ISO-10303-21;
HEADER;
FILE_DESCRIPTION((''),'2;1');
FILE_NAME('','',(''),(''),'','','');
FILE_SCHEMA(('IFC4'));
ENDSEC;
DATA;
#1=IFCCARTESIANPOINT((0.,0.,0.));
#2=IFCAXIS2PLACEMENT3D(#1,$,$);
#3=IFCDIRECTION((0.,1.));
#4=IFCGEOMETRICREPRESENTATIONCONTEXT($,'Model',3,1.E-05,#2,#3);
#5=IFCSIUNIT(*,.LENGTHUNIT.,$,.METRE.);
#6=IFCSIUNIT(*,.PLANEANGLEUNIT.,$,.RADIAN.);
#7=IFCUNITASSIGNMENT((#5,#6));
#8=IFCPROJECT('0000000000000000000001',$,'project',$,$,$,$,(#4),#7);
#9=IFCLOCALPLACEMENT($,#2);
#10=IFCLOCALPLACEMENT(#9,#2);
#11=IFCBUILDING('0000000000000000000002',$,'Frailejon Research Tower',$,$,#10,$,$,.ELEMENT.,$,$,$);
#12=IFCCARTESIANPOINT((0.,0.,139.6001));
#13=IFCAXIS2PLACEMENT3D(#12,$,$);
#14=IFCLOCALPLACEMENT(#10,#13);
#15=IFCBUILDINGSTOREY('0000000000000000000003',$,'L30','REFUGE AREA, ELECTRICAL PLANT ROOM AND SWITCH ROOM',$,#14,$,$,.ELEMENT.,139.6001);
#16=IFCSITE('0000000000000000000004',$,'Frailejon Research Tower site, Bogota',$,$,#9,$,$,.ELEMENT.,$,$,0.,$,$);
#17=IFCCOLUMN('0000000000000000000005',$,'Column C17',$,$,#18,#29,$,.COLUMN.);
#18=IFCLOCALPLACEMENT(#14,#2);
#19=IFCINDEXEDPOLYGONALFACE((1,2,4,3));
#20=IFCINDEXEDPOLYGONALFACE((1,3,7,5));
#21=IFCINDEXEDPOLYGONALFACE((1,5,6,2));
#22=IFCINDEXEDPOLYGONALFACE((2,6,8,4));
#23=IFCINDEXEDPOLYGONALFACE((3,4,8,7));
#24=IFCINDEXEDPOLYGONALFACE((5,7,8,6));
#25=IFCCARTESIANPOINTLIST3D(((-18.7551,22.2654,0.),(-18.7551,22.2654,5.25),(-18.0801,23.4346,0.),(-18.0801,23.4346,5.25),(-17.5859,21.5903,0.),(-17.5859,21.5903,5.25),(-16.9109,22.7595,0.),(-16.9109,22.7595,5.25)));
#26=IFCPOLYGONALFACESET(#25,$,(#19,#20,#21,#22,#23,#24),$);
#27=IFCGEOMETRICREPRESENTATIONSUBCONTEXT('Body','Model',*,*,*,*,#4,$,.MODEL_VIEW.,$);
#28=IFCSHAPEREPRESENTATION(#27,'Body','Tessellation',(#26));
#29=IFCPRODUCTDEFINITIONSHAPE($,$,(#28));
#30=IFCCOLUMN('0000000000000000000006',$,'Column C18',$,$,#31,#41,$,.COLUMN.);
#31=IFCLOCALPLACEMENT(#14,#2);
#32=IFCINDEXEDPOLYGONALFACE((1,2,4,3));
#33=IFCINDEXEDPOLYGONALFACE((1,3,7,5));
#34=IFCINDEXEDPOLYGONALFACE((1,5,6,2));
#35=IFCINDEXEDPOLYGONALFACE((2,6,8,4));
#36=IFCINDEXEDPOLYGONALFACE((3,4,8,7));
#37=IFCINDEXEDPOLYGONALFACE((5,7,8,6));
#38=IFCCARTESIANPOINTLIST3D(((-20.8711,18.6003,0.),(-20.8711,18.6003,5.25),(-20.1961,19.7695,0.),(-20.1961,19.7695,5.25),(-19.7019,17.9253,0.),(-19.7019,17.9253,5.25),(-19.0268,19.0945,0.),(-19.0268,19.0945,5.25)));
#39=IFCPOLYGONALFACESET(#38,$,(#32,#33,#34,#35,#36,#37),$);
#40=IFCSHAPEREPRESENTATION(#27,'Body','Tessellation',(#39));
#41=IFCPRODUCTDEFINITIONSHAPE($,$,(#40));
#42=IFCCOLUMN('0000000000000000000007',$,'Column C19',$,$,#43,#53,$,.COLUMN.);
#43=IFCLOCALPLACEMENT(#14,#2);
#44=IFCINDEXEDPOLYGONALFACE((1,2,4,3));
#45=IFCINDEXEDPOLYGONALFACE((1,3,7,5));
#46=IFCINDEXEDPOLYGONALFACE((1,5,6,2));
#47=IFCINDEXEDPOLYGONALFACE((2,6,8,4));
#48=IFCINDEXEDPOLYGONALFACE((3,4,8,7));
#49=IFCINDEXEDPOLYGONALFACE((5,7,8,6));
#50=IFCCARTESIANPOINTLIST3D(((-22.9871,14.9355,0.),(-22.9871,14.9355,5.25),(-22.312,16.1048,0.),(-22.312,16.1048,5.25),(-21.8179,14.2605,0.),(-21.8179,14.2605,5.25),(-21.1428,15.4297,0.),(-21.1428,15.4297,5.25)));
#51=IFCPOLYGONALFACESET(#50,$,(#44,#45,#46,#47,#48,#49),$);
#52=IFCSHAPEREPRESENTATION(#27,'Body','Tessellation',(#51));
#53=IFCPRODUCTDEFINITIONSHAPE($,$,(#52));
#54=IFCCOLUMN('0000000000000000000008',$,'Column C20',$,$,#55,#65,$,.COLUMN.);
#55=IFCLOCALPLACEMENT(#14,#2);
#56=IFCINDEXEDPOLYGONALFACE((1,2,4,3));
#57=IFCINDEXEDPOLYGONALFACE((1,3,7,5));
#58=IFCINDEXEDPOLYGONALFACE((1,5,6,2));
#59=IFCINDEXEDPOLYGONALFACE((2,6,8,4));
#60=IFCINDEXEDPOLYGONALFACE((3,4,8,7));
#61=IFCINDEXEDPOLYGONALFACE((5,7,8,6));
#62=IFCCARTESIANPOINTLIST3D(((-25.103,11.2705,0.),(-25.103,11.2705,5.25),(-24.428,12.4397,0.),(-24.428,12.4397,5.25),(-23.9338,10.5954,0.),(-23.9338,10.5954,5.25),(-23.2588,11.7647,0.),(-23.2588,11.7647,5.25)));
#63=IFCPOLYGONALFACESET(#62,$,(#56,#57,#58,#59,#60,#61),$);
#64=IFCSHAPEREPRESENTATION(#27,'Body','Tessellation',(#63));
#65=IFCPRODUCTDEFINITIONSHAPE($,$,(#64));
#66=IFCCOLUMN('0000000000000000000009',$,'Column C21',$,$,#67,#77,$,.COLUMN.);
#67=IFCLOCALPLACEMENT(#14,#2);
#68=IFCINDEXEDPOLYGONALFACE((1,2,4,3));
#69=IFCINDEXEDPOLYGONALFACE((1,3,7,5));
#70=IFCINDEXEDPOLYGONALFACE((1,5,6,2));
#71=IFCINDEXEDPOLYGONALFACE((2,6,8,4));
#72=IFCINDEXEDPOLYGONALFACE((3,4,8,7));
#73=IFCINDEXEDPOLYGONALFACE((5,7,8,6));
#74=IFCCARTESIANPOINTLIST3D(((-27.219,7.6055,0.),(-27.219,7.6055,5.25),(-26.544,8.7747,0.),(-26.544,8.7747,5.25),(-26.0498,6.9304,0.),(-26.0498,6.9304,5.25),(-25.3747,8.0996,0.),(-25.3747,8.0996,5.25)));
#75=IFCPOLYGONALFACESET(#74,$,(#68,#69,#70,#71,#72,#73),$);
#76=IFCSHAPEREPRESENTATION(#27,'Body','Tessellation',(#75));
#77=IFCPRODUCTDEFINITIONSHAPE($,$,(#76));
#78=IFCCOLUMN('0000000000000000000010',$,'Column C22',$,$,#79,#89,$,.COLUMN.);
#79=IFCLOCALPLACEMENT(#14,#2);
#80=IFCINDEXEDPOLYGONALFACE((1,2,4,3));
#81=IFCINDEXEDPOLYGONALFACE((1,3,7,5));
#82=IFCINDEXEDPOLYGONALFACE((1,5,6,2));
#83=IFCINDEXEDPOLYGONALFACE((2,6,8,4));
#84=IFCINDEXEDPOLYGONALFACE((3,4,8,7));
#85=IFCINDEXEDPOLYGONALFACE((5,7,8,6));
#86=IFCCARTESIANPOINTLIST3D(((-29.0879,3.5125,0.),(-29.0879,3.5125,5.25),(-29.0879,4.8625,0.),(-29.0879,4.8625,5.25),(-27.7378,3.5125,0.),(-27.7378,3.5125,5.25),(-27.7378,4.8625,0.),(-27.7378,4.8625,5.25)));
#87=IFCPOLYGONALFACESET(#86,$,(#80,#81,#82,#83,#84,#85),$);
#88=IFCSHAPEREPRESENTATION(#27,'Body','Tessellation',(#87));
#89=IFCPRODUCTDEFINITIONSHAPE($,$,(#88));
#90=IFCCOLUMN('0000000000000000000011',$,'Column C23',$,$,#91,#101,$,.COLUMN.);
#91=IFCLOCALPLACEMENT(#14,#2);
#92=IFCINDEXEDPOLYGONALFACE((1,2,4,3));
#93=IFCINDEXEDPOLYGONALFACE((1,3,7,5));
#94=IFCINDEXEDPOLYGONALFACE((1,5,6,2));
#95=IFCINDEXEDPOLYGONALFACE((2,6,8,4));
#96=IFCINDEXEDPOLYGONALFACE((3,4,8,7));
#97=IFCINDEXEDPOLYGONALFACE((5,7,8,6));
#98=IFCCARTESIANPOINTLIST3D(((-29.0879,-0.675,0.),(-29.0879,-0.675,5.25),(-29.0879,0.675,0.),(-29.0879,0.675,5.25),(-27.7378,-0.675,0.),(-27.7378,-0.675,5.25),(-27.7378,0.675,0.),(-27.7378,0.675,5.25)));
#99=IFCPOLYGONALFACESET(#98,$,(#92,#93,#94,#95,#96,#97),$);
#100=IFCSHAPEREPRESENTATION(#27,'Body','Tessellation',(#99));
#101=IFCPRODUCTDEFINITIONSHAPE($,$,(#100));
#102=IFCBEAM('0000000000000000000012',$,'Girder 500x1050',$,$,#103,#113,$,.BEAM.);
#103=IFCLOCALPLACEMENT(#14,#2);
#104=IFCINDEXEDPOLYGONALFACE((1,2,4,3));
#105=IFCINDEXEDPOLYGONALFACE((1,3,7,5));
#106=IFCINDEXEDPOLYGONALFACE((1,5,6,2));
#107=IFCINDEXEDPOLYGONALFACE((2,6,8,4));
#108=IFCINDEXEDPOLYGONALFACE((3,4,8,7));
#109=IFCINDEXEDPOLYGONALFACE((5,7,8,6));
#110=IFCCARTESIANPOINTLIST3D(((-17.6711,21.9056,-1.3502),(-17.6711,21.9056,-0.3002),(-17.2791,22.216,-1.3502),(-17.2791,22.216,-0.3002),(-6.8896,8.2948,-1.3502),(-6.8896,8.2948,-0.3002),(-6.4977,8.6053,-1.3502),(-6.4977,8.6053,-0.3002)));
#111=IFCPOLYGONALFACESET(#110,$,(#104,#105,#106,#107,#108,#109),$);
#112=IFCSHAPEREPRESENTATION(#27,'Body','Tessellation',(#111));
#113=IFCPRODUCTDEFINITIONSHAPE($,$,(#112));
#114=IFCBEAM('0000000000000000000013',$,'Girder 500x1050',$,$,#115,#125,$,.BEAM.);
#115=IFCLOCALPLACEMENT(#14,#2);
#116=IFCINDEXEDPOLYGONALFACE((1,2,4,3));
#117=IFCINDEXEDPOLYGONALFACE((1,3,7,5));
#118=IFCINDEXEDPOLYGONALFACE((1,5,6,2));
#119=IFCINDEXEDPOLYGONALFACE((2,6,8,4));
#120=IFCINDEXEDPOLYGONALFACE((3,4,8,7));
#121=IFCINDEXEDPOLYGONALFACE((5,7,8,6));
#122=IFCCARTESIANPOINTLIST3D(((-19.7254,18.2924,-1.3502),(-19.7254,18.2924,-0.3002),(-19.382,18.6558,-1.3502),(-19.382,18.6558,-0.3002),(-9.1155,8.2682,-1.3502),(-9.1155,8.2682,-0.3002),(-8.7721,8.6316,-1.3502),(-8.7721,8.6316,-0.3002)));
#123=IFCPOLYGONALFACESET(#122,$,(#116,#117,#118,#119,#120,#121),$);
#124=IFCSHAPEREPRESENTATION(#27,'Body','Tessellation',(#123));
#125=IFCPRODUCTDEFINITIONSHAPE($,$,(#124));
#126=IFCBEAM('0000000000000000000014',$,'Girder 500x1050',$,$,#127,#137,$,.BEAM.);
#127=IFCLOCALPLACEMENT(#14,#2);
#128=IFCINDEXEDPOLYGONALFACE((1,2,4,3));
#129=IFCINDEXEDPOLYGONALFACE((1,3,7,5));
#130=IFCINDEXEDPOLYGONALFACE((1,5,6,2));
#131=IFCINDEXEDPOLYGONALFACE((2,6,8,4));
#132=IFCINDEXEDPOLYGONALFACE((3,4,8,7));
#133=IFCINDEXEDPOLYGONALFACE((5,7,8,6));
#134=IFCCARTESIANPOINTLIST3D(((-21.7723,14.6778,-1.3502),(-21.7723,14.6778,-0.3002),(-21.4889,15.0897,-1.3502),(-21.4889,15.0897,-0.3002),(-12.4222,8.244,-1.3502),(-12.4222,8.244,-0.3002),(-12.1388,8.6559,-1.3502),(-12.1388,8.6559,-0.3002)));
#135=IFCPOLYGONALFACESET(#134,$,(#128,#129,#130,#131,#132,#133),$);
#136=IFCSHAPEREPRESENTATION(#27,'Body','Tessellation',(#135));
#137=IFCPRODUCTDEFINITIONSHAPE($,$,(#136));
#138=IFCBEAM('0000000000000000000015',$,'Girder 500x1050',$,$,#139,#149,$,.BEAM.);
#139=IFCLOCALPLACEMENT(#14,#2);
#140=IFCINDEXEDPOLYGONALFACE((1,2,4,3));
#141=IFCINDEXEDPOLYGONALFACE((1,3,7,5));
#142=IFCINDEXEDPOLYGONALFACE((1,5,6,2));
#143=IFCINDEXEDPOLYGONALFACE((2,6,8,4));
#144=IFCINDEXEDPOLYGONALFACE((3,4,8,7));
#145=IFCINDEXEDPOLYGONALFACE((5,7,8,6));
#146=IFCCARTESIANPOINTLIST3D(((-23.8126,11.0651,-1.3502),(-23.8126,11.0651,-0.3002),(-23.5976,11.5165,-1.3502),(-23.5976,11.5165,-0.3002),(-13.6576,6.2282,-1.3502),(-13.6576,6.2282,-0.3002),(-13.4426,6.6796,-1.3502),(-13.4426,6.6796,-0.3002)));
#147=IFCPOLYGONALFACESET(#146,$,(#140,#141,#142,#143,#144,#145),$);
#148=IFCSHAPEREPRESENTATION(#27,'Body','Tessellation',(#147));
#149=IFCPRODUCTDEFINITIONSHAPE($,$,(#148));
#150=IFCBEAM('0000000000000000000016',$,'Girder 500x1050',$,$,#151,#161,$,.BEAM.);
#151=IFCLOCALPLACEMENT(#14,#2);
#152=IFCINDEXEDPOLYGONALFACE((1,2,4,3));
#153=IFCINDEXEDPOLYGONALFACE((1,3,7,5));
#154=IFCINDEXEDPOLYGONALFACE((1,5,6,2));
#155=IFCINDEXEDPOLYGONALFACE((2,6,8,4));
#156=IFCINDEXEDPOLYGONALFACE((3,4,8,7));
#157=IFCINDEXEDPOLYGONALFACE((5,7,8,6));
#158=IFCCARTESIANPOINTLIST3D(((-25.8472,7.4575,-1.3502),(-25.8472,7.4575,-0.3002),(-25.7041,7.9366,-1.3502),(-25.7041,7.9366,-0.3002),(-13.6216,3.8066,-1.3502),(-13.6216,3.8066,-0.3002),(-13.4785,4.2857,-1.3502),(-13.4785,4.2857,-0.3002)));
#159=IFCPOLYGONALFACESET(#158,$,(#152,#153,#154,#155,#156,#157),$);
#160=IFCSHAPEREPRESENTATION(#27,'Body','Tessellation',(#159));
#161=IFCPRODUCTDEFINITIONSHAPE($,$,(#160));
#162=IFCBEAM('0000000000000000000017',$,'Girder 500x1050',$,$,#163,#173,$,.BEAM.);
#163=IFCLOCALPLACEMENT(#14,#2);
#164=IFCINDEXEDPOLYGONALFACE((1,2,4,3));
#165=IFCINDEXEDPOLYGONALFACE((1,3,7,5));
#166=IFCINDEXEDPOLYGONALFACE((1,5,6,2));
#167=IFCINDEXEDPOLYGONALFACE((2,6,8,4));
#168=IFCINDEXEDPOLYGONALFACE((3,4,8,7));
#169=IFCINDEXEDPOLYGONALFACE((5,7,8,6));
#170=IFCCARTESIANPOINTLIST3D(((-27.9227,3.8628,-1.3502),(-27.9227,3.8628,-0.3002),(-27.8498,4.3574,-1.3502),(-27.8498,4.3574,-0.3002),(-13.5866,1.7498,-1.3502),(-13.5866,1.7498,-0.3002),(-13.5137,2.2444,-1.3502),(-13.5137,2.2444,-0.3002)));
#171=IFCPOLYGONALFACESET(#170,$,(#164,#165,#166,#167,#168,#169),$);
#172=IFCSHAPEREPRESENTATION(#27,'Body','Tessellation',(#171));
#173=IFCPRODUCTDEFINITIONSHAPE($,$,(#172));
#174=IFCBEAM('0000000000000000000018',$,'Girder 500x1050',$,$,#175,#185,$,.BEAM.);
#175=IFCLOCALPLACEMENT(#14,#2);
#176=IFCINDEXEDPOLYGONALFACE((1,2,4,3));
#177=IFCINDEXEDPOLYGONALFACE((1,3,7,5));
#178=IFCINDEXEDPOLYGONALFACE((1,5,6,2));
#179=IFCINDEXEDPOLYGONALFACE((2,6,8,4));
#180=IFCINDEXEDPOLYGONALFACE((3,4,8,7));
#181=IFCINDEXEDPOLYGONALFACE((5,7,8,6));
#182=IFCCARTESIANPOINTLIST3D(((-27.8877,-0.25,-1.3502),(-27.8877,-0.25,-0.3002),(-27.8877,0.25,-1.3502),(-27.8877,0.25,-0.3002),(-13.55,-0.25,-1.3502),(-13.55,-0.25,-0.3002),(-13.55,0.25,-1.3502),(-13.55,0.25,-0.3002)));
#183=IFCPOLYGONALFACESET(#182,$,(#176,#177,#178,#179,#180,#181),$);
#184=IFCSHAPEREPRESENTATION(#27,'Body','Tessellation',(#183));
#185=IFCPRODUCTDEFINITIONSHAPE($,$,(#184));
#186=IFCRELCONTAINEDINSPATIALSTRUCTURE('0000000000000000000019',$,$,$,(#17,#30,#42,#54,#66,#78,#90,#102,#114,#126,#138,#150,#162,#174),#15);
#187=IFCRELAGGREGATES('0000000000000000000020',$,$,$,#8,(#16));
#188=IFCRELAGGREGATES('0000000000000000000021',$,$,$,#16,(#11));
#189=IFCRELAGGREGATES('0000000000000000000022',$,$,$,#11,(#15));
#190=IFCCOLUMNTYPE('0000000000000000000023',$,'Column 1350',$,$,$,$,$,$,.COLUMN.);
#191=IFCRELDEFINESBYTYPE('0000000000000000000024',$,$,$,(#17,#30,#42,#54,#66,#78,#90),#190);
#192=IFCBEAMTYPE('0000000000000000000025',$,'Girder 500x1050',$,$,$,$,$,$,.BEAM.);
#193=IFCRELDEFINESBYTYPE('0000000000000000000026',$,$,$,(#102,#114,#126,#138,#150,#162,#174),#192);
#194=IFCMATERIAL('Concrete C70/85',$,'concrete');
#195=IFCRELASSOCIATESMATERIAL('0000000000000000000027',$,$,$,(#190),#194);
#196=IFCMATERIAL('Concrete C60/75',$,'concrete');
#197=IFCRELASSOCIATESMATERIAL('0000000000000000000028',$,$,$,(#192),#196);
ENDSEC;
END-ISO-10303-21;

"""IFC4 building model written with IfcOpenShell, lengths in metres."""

from ifc_helpers import new_model, si_unit, direction, frame, origin, origin_2d, place, context, subcontext, project, spatial, rectangle, extrude, material, material_profile, profile_set, type_object, element, save


model = new_model("IFC4")

# Units and contexts
model_context = context("Model", 3, precision=1e-05, world=origin(), true_north=direction((0.0, 1.0)))
body_context = subcontext(model_context, "Body", "Model", "MODEL_VIEW")
ifc_project = project(units=[si_unit("LENGTHUNIT", "METRE"), si_unit("PLANEANGLEUNIT", "RADIAN")], contexts=[model_context])

# Site, building, storey
site_placement = place(None, origin())
site = spatial("IfcSite", under=ifc_project, at=site_placement, Name="Frailejon Research Tower site, Bogota", CompositionType="ELEMENT", RefElevation=0.0)
building_placement = place(site_placement, origin())
building = spatial("IfcBuilding", under=site, at=building_placement, Name="Frailejon Research Tower", CompositionType="ELEMENT")
storey_placement = place(building_placement, frame((0.0, 0.0, 139.6001)))
storey = spatial("IfcBuildingStorey", under=building, at=storey_placement, Name="L30", Description="REFUGE AREA, ELECTRICAL PLANT ROOM AND SWITCH ROOM", CompositionType="ELEMENT", Elevation=139.6001)

# Columns
ifc_material_1 = material(Name="Concrete C70/85", Category="concrete")
ifc_material_profile_1 = material_profile(ifc_material_1, rectangle(XDim=1.3501, YDim=1.3501, at=origin_2d()), Name="Column 1350")
ifc_profile_set_1 = profile_set([ifc_material_profile_1], Name="Concrete C70/85")
column_type = type_object("IfcColumnType", Name="Column 1350", PredefinedType="COLUMN", material=ifc_profile_set_1)
for number, where, z_axis, x_axis, name in (
    (1, (-17.833, 22.5125, 0.0), (0.0, 0.0, 1.0), (-0.5, -0.866025, 0.0), "Column C17"),
    (2, (-19.949, 18.8474, 0.0), (0.0, 0.0, 1.0), (-0.5, -0.866025, 0.0), "Column C18"),
    (3, (-22.0649, 15.1826, 0.0), (0.0, 0.0, 1.0), (-0.5, -0.866025, 0.0), "Column C19"),
    (4, (-24.1809, 11.5176, 0.0), (0.0, 0.0, 1.0), (-0.5, -0.866025, 0.0), "Column C20"),
    (5, (-26.2969, 7.8525, 0.0), (0.0, 0.0, 1.0), (-0.5, -0.866025, 0.0), "Column C21"),
    (6, (-28.4128, 4.1875, 0.0), (0.0, 0.0, 1.0), (0.0, -1.0, 0.0), "Column C22"),
    (7, (-28.4128, 0.0, 0.0), (0.0, 0.0, 1.0), (0.0, -1.0, 0.0), "Column C23"),
):
    element("IfcColumn", number, at=place(storey_placement, frame(where, z_axis=z_axis, x_axis=x_axis)), inside=storey, type_object=column_type, Name=name, PredefinedType="COLUMN", context=body_context, shape_type="SweptSolid", body=[
        extrude(rectangle(XDim=1.3501, YDim=1.3501, at=origin_2d()), origin(), (0.0, 0.0, 1.0), 5.25),
    ])

# Beams
ifc_material_2 = material(Name="Concrete C60/75", Category="concrete")
ifc_material_profile_2 = material_profile(ifc_material_2, rectangle(XDim=0.5, YDim=1.05, at=origin_2d()), Name="Girder 500x1050")
ifc_profile_set_2 = profile_set([ifc_material_profile_2], Name="Concrete C60/75")
beam_type_1 = type_object("IfcBeamType", Name="Girder 500x1050", PredefinedType="BEAM", material=ifc_profile_set_2)
beam_1_placement = place(storey_placement, frame((-17.4751, 22.0608, -0.8252), z_axis=(0.620924, -0.783871, 0.0), x_axis=(0.783871, 0.620924, 0.0)))
element("IfcBeam", 8, at=beam_1_placement, inside=storey, type_object=beam_type_1, Name="Girder 500x1050", PredefinedType="BEAM", context=body_context, shape_type="SweptSolid", body=[
    extrude(rectangle(XDim=0.5, YDim=1.05, at=origin_2d()), origin(), (0.0, 0.0, 1.0), 17.3635),
])
beam_2_placement = place(storey_placement, frame((-19.5537, 18.4741, -0.8252), z_axis=(0.726885, -0.686759, 0.0), x_axis=(0.686759, 0.726885, 0.0)))
element("IfcBeam", 9, at=beam_2_placement, inside=storey, type_object=beam_type_1, Name="Girder 500x1050", PredefinedType="BEAM", context=body_context, shape_type="SweptSolid", body=[
    extrude(rectangle(XDim=0.5, YDim=1.05, at=origin_2d()), origin(), (0.0, 0.0, 1.0), 14.5964),
])
beam_3_placement = place(storey_placement, frame((-21.6306, 14.8838, -0.8252), z_axis=(0.82381, -0.566867, 0.0), x_axis=(0.566867, 0.82381, 0.0)))
element("IfcBeam", 10, at=beam_3_placement, inside=storey, type_object=beam_type_1, Name="Girder 500x1050", PredefinedType="BEAM", context=body_context, shape_type="SweptSolid", body=[
    extrude(rectangle(XDim=0.5, YDim=1.05, at=origin_2d()), origin(), (0.0, 0.0, 1.0), 11.3499),
])
beam_4_placement = place(storey_placement, frame((-23.7051, 11.2908, -0.8252), z_axis=(0.90282, -0.43002, 0.0), x_axis=(0.43002, 0.90282, 0.0)))
element("IfcBeam", 11, at=beam_4_placement, inside=storey, type_object=beam_type_1, Name="Girder 500x1050", PredefinedType="BEAM", context=body_context, shape_type="SweptSolid", body=[
    extrude(rectangle(XDim=0.5, YDim=1.05, at=origin_2d()), origin(), (0.0, 0.0, 1.0), 11.248),
])
beam_5_placement = place(storey_placement, frame((-25.7756, 7.697, -0.8252), z_axis=(0.958188, -0.28614, 0.0), x_axis=(0.28614, 0.958188, 0.0)))
element("IfcBeam", 12, at=beam_5_placement, inside=storey, type_object=beam_type_1, Name="Girder 500x1050", PredefinedType="BEAM", context=body_context, shape_type="SweptSolid", body=[
    extrude(rectangle(XDim=0.5, YDim=1.05, at=origin_2d()), origin(), (0.0, 0.0, 1.0), 12.759),
])
beam_6_placement = place(storey_placement, frame((-27.8862, 4.1101, -0.8252), z_axis=(0.989312, -0.145817, 0.0), x_axis=(0.145817, 0.989312, 0.0)))
element("IfcBeam", 13, at=beam_6_placement, inside=storey, type_object=beam_type_1, Name="Girder 500x1050", PredefinedType="BEAM", context=body_context, shape_type="SweptSolid", body=[
    extrude(rectangle(XDim=0.5, YDim=1.05, at=origin_2d()), origin(), (0.0, 0.0, 1.0), 14.491),
])
beam_7_placement = place(storey_placement, frame((-27.8877, 0.0, -0.8252), z_axis=(1.0, 0.0, 0.0), x_axis=(0.0, 1.0, 0.0)))
element("IfcBeam", 14, at=beam_7_placement, inside=storey, type_object=beam_type_1, Name="Girder 500x1050", PredefinedType="BEAM", context=body_context, shape_type="SweptSolid", body=[
    extrude(rectangle(XDim=0.5, YDim=1.05, at=origin_2d()), origin(), (0.0, 0.0, 1.0), 14.3376),
])

save(model, "model.ifc")
